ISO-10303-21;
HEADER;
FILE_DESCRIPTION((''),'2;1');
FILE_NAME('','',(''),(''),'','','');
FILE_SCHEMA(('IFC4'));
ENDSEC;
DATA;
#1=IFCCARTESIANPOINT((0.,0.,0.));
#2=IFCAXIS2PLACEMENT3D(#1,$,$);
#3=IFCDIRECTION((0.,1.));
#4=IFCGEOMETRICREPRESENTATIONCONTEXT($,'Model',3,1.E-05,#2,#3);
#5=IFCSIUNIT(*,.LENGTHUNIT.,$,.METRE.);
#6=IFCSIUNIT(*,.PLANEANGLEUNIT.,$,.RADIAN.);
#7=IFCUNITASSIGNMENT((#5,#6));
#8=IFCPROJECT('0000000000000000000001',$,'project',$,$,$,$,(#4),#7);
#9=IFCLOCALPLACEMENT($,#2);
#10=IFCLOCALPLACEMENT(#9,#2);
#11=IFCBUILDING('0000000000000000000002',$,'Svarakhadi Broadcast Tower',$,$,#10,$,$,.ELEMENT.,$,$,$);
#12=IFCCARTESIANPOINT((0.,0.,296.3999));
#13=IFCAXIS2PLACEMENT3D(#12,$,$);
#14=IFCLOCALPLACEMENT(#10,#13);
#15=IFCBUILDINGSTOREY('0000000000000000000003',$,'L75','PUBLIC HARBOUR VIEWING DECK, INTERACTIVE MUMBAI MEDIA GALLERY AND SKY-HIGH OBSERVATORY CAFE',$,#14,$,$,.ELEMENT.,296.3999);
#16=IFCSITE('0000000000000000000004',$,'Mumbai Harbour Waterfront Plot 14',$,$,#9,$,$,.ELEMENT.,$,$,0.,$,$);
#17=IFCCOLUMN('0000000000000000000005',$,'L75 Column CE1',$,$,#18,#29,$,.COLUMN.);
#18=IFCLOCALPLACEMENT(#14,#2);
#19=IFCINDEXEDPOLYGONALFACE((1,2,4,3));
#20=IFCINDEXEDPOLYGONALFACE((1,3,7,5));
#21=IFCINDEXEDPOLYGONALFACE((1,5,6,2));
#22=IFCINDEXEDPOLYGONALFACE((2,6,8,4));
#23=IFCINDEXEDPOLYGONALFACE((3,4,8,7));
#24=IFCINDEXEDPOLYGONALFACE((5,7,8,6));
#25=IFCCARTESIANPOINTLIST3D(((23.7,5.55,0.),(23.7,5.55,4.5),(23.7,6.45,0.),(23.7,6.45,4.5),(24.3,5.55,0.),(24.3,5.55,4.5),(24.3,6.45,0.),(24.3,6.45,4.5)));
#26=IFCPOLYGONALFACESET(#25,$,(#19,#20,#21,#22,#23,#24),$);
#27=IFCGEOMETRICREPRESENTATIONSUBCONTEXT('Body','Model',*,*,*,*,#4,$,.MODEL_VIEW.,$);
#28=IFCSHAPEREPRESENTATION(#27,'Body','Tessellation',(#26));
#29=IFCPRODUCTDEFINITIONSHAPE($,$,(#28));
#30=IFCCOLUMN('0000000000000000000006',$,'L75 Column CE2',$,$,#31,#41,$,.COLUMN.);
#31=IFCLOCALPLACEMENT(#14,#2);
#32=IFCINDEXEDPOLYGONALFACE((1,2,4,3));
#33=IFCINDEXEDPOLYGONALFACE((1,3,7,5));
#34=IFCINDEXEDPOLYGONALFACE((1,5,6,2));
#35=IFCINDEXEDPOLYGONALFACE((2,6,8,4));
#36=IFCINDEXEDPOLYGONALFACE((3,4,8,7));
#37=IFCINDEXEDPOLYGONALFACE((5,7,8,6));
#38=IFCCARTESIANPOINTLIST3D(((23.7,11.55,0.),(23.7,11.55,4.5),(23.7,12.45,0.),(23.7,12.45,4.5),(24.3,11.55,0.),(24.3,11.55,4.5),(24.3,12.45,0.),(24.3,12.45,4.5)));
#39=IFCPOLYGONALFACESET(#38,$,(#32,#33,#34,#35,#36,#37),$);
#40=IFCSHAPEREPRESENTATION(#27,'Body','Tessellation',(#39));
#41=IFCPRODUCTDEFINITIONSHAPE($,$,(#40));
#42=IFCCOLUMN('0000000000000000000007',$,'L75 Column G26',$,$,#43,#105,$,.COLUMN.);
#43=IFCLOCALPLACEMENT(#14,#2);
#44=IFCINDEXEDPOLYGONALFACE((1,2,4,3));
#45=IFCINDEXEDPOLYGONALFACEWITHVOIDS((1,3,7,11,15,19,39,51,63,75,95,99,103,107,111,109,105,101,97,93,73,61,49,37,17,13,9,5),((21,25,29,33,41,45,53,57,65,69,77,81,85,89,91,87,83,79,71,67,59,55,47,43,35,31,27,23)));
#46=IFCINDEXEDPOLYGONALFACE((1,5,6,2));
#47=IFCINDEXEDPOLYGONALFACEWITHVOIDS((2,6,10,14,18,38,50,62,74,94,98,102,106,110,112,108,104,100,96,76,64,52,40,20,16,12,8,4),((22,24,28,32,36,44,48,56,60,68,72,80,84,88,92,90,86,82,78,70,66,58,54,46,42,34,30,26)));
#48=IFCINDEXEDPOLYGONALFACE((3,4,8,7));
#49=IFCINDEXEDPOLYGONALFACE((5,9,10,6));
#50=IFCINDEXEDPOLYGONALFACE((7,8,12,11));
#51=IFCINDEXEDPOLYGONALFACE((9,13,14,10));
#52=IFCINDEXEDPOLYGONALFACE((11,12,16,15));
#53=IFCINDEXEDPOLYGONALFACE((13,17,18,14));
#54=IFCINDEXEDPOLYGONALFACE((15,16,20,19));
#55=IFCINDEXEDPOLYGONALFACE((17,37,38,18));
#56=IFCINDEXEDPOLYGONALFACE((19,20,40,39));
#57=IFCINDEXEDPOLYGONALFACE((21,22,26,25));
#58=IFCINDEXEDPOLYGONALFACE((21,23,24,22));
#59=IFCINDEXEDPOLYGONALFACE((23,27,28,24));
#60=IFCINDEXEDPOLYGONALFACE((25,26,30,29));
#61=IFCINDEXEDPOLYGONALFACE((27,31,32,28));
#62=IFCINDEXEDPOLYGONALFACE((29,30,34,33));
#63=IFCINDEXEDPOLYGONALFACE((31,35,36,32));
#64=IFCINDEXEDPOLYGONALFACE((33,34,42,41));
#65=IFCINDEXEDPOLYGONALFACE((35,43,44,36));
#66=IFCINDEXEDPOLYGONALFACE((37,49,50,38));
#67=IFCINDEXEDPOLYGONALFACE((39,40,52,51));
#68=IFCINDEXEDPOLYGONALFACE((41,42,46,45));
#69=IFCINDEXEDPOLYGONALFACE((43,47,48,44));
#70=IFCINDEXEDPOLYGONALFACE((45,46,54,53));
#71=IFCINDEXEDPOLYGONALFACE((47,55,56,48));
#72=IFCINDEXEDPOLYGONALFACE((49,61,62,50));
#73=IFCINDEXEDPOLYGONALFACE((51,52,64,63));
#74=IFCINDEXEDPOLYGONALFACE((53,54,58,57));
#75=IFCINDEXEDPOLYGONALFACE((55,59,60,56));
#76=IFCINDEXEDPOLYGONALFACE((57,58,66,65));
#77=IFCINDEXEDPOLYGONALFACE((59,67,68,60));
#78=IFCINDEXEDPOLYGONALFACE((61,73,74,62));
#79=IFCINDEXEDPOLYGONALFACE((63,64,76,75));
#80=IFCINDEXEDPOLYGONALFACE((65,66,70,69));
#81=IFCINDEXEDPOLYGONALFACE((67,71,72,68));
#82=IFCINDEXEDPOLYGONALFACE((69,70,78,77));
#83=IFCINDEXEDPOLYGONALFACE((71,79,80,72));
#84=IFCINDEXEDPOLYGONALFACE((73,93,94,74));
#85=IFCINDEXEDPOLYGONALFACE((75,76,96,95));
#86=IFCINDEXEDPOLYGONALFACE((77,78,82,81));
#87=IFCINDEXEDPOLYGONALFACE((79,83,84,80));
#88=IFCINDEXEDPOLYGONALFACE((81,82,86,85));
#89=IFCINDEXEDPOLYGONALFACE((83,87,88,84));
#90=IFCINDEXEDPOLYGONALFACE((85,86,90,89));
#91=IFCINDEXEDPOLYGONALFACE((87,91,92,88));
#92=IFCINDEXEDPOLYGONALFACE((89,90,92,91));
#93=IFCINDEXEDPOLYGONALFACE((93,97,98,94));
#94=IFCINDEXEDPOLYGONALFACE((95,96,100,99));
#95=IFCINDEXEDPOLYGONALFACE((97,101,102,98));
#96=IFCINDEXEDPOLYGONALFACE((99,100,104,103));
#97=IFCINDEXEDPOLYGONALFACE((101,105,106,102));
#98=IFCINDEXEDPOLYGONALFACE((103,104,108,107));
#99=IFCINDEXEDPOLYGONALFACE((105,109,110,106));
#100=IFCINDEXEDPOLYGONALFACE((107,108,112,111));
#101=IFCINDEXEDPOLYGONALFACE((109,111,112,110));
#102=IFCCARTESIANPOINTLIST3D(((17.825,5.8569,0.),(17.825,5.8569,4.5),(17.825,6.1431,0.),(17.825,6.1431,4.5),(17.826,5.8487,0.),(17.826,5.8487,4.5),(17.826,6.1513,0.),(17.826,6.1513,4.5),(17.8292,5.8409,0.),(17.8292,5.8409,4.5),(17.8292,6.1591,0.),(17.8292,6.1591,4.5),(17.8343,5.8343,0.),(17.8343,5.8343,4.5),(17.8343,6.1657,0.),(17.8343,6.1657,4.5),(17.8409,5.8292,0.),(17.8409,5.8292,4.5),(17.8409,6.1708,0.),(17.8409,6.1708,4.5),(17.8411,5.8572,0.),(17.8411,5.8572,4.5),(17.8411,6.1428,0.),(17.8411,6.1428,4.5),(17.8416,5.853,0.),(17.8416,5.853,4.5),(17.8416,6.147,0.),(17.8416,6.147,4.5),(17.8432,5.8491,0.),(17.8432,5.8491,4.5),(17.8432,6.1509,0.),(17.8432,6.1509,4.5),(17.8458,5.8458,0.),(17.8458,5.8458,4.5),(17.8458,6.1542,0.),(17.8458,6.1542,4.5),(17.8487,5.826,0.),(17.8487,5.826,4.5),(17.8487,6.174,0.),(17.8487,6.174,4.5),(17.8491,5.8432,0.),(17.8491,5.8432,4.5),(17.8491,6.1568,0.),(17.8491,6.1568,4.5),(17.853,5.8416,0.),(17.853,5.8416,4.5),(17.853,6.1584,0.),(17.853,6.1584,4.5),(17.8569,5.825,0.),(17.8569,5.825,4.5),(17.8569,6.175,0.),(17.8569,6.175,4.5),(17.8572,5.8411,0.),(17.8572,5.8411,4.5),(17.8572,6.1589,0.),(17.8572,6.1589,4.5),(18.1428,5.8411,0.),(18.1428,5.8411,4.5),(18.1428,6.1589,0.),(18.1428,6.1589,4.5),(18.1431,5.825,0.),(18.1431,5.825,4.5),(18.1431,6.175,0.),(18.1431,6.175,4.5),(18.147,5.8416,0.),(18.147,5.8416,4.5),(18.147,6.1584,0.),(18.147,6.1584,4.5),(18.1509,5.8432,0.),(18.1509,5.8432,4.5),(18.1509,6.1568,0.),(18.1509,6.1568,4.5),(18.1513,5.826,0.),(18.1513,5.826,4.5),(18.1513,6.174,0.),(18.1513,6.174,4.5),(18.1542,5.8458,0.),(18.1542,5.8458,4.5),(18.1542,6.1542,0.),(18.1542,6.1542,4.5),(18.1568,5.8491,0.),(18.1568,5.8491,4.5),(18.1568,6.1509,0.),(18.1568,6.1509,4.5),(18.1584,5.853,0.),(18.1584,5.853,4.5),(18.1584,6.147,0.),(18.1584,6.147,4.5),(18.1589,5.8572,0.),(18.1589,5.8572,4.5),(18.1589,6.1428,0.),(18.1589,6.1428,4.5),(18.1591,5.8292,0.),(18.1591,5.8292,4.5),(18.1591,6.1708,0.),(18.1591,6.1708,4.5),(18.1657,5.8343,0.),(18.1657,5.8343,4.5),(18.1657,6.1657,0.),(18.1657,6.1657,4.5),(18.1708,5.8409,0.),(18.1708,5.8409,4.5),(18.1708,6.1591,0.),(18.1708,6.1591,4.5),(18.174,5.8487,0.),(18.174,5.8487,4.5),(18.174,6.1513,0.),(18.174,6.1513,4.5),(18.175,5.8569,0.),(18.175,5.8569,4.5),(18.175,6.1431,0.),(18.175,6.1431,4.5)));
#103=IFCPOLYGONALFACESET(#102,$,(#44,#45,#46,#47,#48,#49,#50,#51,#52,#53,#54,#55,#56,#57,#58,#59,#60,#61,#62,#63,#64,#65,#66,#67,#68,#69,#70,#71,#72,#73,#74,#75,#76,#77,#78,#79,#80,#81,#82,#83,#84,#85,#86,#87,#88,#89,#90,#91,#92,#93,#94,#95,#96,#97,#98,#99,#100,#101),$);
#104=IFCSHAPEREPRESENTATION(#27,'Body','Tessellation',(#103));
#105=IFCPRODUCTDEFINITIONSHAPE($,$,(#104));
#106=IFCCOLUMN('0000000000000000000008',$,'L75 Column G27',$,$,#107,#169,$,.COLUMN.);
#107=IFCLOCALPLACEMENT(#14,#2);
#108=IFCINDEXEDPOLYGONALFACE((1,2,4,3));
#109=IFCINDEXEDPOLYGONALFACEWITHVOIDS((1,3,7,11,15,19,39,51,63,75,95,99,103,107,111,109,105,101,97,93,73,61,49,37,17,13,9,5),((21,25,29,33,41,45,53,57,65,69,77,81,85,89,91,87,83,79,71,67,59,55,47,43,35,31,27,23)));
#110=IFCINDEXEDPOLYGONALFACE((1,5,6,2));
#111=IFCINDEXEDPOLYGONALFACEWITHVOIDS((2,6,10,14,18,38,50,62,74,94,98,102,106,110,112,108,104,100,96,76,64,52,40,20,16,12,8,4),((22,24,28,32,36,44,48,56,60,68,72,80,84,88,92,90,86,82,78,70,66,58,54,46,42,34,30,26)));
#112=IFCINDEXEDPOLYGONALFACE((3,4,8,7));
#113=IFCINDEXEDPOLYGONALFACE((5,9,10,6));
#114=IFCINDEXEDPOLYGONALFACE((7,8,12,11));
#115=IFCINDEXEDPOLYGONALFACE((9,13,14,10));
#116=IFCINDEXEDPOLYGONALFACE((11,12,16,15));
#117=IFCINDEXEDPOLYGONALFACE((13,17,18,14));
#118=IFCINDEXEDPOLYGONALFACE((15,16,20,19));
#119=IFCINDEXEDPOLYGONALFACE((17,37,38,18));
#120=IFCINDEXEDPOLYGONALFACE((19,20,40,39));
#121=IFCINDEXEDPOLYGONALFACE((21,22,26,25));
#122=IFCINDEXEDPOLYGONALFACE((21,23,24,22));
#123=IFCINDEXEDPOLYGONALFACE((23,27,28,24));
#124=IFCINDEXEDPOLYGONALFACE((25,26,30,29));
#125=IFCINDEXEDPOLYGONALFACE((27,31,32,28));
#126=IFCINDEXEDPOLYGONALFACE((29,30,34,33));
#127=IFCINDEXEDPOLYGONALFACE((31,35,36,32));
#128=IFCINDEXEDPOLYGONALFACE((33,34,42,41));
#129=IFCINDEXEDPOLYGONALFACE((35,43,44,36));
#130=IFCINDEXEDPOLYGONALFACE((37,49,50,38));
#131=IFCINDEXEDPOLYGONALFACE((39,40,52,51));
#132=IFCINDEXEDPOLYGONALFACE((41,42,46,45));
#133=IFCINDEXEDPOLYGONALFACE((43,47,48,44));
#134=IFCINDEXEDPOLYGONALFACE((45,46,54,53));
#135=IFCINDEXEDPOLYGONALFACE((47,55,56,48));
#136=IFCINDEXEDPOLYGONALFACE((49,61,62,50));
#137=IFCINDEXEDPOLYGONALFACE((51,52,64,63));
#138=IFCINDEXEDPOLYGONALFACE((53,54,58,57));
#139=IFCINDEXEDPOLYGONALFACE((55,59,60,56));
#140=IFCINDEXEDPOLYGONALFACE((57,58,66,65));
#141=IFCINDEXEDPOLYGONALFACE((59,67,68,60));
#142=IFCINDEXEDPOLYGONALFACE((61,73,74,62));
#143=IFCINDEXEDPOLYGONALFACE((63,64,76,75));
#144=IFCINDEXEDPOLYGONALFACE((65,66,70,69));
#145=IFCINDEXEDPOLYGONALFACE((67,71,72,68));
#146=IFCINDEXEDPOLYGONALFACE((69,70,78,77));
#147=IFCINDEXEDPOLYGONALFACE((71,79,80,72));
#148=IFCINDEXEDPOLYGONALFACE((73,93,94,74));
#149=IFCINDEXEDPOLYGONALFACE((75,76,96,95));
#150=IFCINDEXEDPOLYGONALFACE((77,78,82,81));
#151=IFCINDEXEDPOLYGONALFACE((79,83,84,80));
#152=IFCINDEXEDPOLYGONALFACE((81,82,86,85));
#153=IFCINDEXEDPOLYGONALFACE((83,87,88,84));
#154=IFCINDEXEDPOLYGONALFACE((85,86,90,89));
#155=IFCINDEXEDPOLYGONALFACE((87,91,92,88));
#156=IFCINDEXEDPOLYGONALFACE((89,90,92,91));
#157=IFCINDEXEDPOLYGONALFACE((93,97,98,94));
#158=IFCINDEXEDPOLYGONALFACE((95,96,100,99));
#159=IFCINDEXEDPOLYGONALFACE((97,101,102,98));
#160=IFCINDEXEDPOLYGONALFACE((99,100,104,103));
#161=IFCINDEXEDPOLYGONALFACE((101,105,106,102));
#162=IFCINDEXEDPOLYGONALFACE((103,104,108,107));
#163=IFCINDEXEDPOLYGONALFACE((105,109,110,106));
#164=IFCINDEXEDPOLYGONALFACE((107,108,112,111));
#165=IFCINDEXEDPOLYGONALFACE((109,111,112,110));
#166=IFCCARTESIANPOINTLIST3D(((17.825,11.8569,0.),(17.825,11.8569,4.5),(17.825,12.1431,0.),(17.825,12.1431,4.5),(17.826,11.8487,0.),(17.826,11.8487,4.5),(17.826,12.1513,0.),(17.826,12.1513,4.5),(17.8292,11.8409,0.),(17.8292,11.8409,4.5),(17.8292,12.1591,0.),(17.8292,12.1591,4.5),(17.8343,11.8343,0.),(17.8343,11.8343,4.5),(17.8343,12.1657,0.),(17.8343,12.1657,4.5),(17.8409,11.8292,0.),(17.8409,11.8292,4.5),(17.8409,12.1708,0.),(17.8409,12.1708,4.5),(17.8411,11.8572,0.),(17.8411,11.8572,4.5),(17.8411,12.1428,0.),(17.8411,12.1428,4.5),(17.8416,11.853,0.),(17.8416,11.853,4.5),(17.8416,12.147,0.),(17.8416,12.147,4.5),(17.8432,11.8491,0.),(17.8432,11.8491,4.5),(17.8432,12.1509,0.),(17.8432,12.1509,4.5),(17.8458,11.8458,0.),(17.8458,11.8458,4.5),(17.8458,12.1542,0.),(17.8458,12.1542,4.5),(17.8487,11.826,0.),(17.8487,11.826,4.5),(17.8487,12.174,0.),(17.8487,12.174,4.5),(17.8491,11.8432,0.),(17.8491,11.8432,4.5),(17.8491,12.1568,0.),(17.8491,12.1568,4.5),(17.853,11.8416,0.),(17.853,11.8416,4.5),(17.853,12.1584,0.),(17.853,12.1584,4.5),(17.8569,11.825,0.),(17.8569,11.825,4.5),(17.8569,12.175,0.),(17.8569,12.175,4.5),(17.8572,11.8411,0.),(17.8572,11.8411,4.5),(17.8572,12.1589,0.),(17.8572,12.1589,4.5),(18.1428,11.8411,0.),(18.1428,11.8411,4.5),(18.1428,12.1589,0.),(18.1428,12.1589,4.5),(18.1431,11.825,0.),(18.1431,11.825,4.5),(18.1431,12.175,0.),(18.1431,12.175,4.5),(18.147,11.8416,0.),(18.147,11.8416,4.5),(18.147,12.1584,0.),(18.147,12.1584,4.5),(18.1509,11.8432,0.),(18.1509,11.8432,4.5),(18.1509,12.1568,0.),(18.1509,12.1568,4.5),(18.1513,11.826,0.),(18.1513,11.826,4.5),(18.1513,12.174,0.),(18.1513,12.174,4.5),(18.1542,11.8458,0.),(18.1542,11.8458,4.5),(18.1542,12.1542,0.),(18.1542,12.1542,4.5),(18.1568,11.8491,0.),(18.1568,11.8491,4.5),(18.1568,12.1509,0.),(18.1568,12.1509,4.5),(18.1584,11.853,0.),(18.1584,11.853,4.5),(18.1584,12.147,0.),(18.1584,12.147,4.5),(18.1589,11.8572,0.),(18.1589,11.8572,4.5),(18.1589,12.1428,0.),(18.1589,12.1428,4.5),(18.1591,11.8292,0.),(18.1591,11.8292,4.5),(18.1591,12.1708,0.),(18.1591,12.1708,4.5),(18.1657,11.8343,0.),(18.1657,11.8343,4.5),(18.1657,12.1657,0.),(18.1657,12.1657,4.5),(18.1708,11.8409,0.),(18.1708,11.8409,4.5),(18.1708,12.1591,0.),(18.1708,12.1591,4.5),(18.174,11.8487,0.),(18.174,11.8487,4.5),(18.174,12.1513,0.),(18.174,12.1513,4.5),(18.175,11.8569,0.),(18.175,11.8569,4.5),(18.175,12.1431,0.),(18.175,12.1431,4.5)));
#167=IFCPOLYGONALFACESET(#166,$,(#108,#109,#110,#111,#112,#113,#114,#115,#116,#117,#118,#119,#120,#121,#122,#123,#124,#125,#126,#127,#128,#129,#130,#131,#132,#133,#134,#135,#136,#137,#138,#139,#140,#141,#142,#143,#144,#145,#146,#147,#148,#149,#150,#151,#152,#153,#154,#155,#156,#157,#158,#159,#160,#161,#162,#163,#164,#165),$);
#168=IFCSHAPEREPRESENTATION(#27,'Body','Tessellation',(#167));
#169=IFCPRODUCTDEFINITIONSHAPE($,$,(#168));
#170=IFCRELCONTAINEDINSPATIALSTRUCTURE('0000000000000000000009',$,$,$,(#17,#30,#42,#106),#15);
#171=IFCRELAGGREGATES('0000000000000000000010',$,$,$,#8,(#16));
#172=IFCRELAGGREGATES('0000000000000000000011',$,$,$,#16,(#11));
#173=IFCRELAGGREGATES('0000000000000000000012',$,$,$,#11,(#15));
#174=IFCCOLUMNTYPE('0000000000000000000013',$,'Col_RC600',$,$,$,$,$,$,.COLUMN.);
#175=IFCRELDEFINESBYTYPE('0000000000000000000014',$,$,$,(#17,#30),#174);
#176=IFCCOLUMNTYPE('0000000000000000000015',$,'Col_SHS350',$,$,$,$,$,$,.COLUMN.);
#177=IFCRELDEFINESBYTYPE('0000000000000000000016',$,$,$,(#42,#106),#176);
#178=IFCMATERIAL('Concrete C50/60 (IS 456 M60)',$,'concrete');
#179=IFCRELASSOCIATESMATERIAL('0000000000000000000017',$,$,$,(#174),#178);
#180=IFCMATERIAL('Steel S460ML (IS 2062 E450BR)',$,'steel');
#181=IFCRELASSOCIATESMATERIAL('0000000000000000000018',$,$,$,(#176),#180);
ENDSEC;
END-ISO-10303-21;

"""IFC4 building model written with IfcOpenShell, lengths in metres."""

from ifc_helpers import new_model, si_unit, direction, frame, origin, origin_2d, place, context, subcontext, project, spatial, rectangle, hollow_rectangle, extrude, material, material_profile, profile_set, type_object, element, save


model = new_model("IFC4")

# Units and contexts
model_context = context("Model", 3, precision=1e-05, world=origin(), true_north=direction((0.0, 1.0)))
body_context = subcontext(model_context, "Body", "Model", "MODEL_VIEW")
ifc_project = project(units=[si_unit("LENGTHUNIT", "METRE"), si_unit("PLANEANGLEUNIT", "RADIAN")], contexts=[model_context])

# Site, building, storey
site_placement = place(None, origin())
site = spatial("IfcSite", under=ifc_project, at=site_placement, Name="Mumbai Harbour Waterfront Plot 14", CompositionType="ELEMENT", RefElevation=0.0)
building_placement = place(site_placement, origin())
building = spatial("IfcBuilding", under=site, at=building_placement, Name="Svarakhadi Broadcast Tower", CompositionType="ELEMENT")
storey_placement = place(building_placement, frame((0.0, 0.0, 296.3999)))
storey = spatial("IfcBuildingStorey", under=building, at=storey_placement, Name="L75", Description="PUBLIC HARBOUR VIEWING DECK, INTERACTIVE MUMBAI MEDIA GALLERY AND SKY-HIGH OBSERVATORY CAFE", CompositionType="ELEMENT", Elevation=296.3999)

# Columns
ifc_material_1 = material(Name="Concrete C50/60 (IS 456 M60)", Category="concrete")
ifc_material_profile_1 = material_profile(ifc_material_1, rectangle(XDim=0.6001, YDim=0.8999, at=origin_2d()), Name="RC 600x900")
ifc_profile_set_1 = profile_set([ifc_material_profile_1], Name="Concrete C50/60 (IS 456 M60)")
column_type_1 = type_object("IfcColumnType", Name="Col_RC600", PredefinedType="COLUMN", material=ifc_profile_set_1)
for number, where, z_axis, x_axis, name in (
    (1, (24.0, 6.0, 0.0), (0.0, 0.0, 1.0), (1.0, 0.0, 0.0), "L75 Column CE1"),
    (2, (24.0, 12.0, 0.0), (0.0, 0.0, 1.0), (1.0, 0.0, 0.0), "L75 Column CE2"),
):
    element("IfcColumn", number, at=place(storey_placement, frame(where, z_axis=z_axis, x_axis=x_axis)), inside=storey, type_object=column_type_1, Name=name, PredefinedType="COLUMN", context=body_context, shape_type="SweptSolid", body=[
        extrude(rectangle(XDim=0.6001, YDim=0.8999, at=origin_2d()), origin(), (0.0, 0.0, 1.0), 4.5),
    ])
ifc_material_2 = material(Name="Steel S460ML (IS 2062 E450BR)", Category="steel")
ifc_material_profile_2 = material_profile(ifc_material_2, hollow_rectangle(XDim=0.3501, YDim=0.3501, WallThickness=0.0161, InnerFilletRadius=0.0161, OuterFilletRadius=0.032, at=origin_2d()), Name="SHS 350x350x16")
ifc_profile_set_2 = profile_set([ifc_material_profile_2], Name="Steel S460ML (IS 2062 E450BR)")
column_type_2 = type_object("IfcColumnType", Name="Col_SHS350", PredefinedType="COLUMN", material=ifc_profile_set_2)
for number, where, z_axis, x_axis, name in (
    (3, (18.0, 6.0, 0.0), (0.0, 0.0, 1.0), (1.0, 0.0, 0.0), "L75 Column G26"),
    (4, (18.0, 12.0, 0.0), (0.0, 0.0, 1.0), (1.0, 0.0, 0.0), "L75 Column G27"),
):
    element("IfcColumn", number, at=place(storey_placement, frame(where, z_axis=z_axis, x_axis=x_axis)), inside=storey, type_object=column_type_2, Name=name, PredefinedType="COLUMN", context=body_context, shape_type="SweptSolid", body=[
        extrude(hollow_rectangle(XDim=0.3501, YDim=0.3501, WallThickness=0.0161, InnerFilletRadius=0.0161, OuterFilletRadius=0.032, at=origin_2d()), origin(), (0.0, 0.0, 1.0), 4.5),
    ])

save(model, "model.ifc")
